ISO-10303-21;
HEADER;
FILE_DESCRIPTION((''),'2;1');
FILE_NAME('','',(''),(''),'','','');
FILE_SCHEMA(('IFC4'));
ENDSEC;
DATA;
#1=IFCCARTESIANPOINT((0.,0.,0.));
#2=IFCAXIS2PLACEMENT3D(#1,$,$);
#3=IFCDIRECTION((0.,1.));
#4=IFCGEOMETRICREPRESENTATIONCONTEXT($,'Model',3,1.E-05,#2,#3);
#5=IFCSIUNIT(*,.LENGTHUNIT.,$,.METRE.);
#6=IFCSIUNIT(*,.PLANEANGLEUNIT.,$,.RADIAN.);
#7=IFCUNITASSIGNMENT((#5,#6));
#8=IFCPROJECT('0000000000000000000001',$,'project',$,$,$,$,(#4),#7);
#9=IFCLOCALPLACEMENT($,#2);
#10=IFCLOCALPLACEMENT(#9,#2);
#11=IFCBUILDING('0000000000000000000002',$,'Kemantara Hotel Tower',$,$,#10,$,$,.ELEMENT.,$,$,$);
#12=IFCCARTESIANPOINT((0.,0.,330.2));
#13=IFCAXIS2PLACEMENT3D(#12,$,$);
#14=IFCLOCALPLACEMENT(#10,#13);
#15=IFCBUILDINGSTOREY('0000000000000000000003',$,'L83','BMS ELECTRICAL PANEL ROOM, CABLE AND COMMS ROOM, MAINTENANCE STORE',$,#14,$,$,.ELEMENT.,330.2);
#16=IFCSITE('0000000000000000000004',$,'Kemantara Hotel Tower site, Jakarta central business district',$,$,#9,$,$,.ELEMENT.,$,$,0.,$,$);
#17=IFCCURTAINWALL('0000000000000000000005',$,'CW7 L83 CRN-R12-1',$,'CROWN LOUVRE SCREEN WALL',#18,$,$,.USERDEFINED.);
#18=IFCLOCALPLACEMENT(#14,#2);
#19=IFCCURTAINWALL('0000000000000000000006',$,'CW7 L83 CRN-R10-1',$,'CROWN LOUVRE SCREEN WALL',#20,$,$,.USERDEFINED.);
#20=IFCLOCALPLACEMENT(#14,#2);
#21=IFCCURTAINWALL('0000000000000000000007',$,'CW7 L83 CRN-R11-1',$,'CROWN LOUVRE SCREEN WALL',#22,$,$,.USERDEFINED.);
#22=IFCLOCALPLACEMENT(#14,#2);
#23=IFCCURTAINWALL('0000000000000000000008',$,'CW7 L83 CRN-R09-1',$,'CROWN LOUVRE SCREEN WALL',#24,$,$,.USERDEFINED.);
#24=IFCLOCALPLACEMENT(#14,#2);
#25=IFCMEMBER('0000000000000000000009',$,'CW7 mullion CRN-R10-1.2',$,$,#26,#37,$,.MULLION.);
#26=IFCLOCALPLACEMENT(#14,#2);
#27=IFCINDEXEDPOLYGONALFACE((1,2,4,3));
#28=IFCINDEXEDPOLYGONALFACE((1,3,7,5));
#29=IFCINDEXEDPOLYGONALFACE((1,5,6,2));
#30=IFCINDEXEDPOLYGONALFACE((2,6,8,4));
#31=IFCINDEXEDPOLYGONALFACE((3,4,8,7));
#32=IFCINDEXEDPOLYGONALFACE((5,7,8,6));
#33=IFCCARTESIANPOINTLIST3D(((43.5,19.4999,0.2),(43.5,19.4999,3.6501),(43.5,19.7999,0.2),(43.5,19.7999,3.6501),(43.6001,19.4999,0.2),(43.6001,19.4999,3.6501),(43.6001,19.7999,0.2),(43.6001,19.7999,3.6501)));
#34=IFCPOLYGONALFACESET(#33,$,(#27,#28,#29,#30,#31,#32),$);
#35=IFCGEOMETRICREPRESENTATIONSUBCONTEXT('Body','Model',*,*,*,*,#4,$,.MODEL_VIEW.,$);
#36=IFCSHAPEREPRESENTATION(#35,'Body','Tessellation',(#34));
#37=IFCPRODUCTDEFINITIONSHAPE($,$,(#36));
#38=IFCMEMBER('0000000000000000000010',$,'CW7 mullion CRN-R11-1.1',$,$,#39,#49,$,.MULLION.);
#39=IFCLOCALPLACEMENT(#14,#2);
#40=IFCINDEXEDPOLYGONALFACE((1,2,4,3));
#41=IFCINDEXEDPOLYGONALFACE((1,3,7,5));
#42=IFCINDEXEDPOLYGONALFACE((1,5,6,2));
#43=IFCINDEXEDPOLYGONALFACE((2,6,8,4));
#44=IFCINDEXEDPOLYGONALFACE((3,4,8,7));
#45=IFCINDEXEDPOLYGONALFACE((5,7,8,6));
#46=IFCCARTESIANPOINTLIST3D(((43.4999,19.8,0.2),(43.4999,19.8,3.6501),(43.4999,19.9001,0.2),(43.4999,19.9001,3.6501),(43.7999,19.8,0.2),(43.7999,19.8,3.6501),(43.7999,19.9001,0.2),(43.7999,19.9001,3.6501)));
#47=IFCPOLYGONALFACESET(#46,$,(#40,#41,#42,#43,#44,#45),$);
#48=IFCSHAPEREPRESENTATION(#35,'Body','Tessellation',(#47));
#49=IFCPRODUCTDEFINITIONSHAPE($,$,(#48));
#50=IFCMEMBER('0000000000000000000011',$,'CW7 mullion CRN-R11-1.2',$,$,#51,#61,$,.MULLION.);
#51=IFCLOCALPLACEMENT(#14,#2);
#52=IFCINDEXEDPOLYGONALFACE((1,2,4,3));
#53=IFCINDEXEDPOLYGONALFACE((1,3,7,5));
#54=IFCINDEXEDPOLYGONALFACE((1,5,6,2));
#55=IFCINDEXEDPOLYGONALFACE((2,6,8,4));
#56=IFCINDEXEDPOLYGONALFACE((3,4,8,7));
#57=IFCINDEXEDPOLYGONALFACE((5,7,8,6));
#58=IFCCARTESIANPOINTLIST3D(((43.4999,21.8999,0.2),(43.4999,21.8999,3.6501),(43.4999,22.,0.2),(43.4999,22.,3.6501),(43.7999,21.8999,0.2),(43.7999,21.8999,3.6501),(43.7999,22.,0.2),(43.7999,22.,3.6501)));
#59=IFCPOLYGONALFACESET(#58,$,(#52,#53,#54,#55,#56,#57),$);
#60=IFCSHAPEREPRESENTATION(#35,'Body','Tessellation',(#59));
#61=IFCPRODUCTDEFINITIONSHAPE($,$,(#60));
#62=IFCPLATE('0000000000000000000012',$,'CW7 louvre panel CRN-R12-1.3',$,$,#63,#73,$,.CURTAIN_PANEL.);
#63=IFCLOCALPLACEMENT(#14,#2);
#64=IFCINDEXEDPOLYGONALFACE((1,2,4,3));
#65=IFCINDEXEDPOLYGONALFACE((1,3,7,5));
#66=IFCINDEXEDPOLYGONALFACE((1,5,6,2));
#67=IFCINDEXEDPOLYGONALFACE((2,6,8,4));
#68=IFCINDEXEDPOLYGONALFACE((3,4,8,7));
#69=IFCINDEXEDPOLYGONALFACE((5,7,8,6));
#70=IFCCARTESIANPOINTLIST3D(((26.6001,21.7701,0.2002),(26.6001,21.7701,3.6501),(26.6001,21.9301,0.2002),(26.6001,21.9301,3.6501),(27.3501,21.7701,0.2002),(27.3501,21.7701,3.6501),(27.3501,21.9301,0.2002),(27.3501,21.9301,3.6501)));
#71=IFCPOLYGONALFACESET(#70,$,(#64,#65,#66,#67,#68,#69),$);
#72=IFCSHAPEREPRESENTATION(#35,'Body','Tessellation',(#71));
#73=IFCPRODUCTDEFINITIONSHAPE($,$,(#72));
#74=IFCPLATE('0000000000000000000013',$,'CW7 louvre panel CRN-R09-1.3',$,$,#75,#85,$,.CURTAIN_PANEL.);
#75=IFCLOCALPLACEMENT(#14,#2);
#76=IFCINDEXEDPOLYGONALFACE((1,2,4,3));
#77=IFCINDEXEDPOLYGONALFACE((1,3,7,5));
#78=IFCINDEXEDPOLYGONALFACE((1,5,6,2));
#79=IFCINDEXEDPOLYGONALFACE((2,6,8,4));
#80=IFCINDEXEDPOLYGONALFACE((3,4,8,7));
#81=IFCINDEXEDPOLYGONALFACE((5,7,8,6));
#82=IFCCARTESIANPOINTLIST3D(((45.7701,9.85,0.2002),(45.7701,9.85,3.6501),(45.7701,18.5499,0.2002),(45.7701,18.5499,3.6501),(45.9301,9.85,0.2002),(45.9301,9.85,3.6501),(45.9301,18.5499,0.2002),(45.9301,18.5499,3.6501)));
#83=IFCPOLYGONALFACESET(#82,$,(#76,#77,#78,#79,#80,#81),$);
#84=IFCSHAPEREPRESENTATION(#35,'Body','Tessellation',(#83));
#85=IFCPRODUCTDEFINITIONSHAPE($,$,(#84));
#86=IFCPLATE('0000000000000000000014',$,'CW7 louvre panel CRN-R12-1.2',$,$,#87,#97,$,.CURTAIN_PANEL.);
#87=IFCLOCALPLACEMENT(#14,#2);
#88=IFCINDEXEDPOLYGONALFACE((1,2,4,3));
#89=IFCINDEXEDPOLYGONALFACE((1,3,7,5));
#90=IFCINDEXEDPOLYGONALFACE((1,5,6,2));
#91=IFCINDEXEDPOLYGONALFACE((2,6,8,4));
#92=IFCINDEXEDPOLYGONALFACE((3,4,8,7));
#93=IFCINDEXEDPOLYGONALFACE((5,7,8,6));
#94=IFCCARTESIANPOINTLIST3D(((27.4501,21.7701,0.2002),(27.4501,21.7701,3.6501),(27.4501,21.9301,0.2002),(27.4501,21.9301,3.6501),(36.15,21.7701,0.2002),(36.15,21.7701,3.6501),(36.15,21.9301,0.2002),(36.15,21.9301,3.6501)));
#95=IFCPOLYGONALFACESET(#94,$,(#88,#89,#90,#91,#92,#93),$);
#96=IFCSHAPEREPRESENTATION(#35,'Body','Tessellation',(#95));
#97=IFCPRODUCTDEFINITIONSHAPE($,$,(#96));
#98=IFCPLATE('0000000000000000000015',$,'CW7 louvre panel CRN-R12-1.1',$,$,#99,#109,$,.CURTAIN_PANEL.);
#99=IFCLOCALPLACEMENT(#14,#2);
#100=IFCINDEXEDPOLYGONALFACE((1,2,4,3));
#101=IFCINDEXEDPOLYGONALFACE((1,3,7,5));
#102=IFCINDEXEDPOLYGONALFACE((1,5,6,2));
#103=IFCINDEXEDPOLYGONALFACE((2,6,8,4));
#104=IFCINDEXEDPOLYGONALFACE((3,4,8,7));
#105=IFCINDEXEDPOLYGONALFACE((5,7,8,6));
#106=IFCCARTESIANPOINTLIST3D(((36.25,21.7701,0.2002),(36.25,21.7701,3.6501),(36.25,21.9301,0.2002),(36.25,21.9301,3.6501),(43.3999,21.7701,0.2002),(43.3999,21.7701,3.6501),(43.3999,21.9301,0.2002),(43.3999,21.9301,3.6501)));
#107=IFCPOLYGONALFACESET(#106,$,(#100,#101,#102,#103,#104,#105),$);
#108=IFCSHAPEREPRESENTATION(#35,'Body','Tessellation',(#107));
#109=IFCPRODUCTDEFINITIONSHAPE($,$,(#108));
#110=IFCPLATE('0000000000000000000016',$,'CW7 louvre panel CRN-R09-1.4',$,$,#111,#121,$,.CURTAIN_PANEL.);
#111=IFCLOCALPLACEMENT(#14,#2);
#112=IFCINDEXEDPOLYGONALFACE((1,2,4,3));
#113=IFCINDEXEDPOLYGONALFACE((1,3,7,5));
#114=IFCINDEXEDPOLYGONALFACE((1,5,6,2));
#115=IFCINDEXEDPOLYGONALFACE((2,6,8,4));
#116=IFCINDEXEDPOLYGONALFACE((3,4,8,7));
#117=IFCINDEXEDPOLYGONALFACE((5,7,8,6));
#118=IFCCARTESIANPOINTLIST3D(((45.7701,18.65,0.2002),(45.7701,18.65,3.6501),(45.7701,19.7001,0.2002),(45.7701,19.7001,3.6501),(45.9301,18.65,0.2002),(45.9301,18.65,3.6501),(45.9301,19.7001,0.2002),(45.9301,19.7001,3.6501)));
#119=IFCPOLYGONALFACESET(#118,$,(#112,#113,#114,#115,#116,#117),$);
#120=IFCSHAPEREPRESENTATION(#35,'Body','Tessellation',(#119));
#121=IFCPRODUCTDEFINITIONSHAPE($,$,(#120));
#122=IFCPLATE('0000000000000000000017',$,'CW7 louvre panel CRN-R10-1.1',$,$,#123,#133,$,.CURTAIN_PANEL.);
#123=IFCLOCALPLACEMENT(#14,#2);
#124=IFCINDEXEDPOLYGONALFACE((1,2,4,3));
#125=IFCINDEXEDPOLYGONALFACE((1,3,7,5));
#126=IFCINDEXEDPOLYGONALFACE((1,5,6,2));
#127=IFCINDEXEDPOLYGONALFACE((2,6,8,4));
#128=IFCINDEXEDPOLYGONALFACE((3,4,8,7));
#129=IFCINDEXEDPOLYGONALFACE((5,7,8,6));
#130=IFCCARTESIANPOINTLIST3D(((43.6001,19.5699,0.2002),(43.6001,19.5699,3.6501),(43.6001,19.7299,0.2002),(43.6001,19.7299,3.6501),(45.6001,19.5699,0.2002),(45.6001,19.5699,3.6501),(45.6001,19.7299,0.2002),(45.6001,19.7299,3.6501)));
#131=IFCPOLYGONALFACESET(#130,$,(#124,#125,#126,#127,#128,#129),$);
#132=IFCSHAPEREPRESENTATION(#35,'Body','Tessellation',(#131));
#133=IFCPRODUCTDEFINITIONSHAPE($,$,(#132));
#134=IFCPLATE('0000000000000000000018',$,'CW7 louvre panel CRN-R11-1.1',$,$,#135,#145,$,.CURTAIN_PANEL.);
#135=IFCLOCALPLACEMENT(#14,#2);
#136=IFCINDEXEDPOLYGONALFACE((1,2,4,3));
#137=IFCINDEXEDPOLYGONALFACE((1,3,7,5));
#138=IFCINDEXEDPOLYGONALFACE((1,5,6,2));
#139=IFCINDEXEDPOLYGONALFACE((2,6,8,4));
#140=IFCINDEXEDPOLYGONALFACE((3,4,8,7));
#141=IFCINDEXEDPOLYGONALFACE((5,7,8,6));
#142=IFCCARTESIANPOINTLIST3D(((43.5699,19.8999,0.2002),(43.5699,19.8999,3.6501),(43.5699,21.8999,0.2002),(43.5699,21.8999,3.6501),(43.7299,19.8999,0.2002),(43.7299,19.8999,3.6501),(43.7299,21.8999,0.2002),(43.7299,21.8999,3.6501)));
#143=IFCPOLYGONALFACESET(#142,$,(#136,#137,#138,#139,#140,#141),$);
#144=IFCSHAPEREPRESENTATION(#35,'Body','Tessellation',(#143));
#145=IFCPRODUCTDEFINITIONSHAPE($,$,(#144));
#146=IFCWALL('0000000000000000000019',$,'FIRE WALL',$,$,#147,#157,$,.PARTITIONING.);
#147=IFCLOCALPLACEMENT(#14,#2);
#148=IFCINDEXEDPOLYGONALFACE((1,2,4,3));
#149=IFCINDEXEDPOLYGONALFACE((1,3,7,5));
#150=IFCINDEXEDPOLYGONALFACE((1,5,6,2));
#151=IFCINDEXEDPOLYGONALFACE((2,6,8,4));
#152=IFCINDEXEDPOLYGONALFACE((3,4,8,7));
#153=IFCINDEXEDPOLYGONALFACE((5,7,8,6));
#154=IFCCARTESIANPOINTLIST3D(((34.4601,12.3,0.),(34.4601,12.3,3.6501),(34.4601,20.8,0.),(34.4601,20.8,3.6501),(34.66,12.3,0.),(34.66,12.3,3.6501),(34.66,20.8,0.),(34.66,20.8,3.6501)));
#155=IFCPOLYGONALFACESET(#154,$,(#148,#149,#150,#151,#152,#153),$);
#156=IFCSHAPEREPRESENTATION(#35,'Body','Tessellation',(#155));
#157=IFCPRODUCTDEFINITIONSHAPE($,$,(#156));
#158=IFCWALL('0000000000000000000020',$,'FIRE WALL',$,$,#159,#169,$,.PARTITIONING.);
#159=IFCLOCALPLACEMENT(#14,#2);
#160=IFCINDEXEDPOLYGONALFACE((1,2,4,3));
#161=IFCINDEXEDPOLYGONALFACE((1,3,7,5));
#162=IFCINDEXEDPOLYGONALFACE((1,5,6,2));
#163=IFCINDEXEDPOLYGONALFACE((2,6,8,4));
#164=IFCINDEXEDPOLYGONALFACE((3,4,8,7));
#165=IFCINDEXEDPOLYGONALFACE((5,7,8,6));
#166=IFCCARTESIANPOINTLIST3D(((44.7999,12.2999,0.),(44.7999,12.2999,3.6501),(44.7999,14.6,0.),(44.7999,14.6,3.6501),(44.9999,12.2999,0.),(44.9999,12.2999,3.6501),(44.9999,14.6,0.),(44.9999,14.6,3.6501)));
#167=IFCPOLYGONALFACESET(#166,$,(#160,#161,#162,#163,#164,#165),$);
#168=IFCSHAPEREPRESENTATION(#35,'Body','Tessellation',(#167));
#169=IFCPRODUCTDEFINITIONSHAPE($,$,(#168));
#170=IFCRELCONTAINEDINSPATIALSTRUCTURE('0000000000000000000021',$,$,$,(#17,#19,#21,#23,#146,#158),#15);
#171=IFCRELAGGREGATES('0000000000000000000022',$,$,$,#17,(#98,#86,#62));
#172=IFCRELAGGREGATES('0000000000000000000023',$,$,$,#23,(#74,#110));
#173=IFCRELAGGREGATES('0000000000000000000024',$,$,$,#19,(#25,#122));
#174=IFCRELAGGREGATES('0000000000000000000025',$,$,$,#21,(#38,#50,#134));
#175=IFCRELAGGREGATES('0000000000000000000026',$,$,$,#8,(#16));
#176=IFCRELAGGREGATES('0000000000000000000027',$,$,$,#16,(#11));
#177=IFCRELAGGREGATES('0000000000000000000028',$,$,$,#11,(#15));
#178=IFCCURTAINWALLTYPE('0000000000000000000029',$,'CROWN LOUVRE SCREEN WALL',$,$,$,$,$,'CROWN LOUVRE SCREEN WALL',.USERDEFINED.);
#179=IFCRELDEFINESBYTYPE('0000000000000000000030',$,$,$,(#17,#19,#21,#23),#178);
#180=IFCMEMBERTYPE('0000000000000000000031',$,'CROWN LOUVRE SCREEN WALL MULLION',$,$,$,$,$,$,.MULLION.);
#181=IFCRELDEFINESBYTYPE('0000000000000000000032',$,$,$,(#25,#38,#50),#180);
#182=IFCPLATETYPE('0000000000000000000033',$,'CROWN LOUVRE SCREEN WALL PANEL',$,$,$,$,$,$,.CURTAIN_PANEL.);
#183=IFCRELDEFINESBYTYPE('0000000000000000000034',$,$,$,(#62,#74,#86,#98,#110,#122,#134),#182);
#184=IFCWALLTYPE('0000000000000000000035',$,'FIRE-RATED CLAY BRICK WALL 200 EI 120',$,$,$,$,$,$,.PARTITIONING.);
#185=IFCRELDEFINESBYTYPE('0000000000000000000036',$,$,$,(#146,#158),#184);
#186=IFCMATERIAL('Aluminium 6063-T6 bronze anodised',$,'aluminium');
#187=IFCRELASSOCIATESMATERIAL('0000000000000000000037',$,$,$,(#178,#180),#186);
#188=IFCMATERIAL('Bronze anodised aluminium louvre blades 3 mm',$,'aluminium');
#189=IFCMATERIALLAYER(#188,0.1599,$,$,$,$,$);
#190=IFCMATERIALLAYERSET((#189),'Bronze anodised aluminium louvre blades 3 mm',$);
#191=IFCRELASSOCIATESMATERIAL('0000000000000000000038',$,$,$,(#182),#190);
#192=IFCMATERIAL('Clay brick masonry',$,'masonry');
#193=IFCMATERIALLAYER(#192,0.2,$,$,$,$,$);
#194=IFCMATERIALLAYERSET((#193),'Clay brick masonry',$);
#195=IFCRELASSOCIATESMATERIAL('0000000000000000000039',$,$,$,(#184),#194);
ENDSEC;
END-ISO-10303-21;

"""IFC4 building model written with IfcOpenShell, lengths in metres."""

from ifc_helpers import new_model, si_unit, direction, frame, frame_2d, origin, origin_2d, place, context, subcontext, project, spatial, rectangle, extrude, source, transform, mapped, material, layer, layer_set, material_profile, profile_set, type_object, element, aggregate, save


model = new_model("IFC4")

# Units and contexts
model_context = context("Model", 3, precision=1e-05, world=origin(), true_north=direction((0.0, 1.0)))
body_context = subcontext(model_context, "Body", "Model", "MODEL_VIEW")
ifc_project = project(units=[si_unit("LENGTHUNIT", "METRE"), si_unit("PLANEANGLEUNIT", "RADIAN")], contexts=[model_context])

# Site, building, storey
site_placement = place(None, origin())
site = spatial("IfcSite", under=ifc_project, at=site_placement, Name="Kemantara Hotel Tower site, Jakarta central business district", CompositionType="ELEMENT", RefElevation=0.0)
building_placement = place(site_placement, origin())
building = spatial("IfcBuilding", under=site, at=building_placement, Name="Kemantara Hotel Tower", CompositionType="ELEMENT")
storey_placement = place(building_placement, frame((0.0, 0.0, 330.2)))
storey = spatial("IfcBuildingStorey", under=building, at=storey_placement, Name="L83", Description="BMS ELECTRICAL PANEL ROOM, CABLE AND COMMS ROOM, MAINTENANCE STORE", CompositionType="ELEMENT", Elevation=330.2)

# Curtain walls
ifc_material_1 = material(Name="Aluminium 6063-T6 bronze anodised", Category="aluminium")
curtain_wall_type = type_object("IfcCurtainWallType", Name="CROWN LOUVRE SCREEN WALL", ElementType="CROWN LOUVRE SCREEN WALL", PredefinedType="USERDEFINED", material=ifc_material_1)
curtain_wall_1_placement = place(storey_placement, origin())
curtain_wall_1 = element("IfcCurtainWall", 1, at=curtain_wall_1_placement, inside=storey, type_object=curtain_wall_type, Name="CW7 L83 CRN-R12-1", ObjectType="CROWN LOUVRE SCREEN WALL", PredefinedType="USERDEFINED")
curtain_wall_2_placement = place(storey_placement, origin())
curtain_wall_2 = element("IfcCurtainWall", 2, at=curtain_wall_2_placement, inside=storey, type_object=curtain_wall_type, Name="CW7 L83 CRN-R10-1", ObjectType="CROWN LOUVRE SCREEN WALL", PredefinedType="USERDEFINED")
curtain_wall_3_placement = place(storey_placement, origin())
curtain_wall_3 = element("IfcCurtainWall", 3, at=curtain_wall_3_placement, inside=storey, type_object=curtain_wall_type, Name="CW7 L83 CRN-R11-1", ObjectType="CROWN LOUVRE SCREEN WALL", PredefinedType="USERDEFINED")

# Curtain wall
curtain_wall_4_placement = place(storey_placement, origin())
curtain_wall_4 = element("IfcCurtainWall", 4, at=curtain_wall_4_placement, inside=storey, type_object=curtain_wall_type, Name="CW7 L83 CRN-R09-1", ObjectType="CROWN LOUVRE SCREEN WALL", PredefinedType="USERDEFINED")
ifc_material_profile_1 = material_profile(ifc_material_1, rectangle(XDim=0.3, YDim=0.1001, at=origin_2d()), Name="CROWN LOUVRE SCREEN WALL MULLION")
ifc_profile_set_1 = profile_set([ifc_material_profile_1], Name="Aluminium 6063-T6 bronze anodised")
member_type_1 = type_object("IfcMemberType", Name="CROWN LOUVRE SCREEN WALL MULLION", PredefinedType="MULLION", material=ifc_profile_set_1)
shared_shape_1 = source(origin(), body_context, "Body", "SweptSolid", [
    extrude(rectangle(XDim=0.3, YDim=0.1001, at=origin_2d()), origin(), (0.0, 0.0, 1.0), 3.4502),
])

# Members
member_1_placement = place(storey_placement, frame((43.55, 19.6499, 0.2), z_axis=(0.0, 0.0, 1.0), x_axis=(0.0, -1.0, 0.0)))
member_1 = element("IfcMember", 5, at=member_1_placement, type_object=member_type_1, Name="CW7 mullion CRN-R10-1.2", PredefinedType="MULLION", context=body_context, shape_type="MappedRepresentation", body=[
    mapped(shared_shape_1, transform((0.0, 0.0, 0.0))),
])
member_2_placement = place(storey_placement, frame((43.6499, 19.8501, 0.2), z_axis=(0.0, 0.0, 1.0), x_axis=(-1.0, 0.0, 0.0)))
member_2 = element("IfcMember", 6, at=member_2_placement, type_object=member_type_1, Name="CW7 mullion CRN-R11-1.1", PredefinedType="MULLION", context=body_context, shape_type="MappedRepresentation", body=[
    mapped(shared_shape_1, transform((0.0, 0.0, 0.0))),
])
member_3_placement = place(storey_placement, frame((43.6499, 21.95, 0.2), z_axis=(0.0, 0.0, 1.0), x_axis=(-1.0, 0.0, 0.0)))
member_3 = element("IfcMember", 7, at=member_3_placement, type_object=member_type_1, Name="CW7 mullion CRN-R11-1.2", PredefinedType="MULLION", context=body_context, shape_type="MappedRepresentation", body=[
    mapped(shared_shape_1, transform((0.0, 0.0, 0.0))),
])

# Plates
ifc_material_2 = material(Name="Bronze anodised aluminium louvre blades 3 mm", Category="aluminium")
ifc_layer_1 = layer(ifc_material_2, 0.1599)
ifc_layer_set_1 = layer_set([ifc_layer_1], Name="Bronze anodised aluminium louvre blades 3 mm")
plate_type = type_object("IfcPlateType", Name="CROWN LOUVRE SCREEN WALL PANEL", PredefinedType="CURTAIN_PANEL", material=ifc_layer_set_1)
shared_shape_2 = source(origin(), body_context, "Body", "SweptSolid", [
    extrude(rectangle(XDim=0.75, YDim=0.1599, at=origin_2d()), origin(), (0.0, 0.0, 1.0), 3.45),
])
plate_1_placement = place(storey_placement, frame((26.9751, 21.8501, 0.2002), z_axis=(0.0, 0.0, 1.0), x_axis=(-1.0, 0.0, 0.0)))
plate_1 = element("IfcPlate", 8, at=plate_1_placement, type_object=plate_type, Name="CW7 louvre panel CRN-R12-1.3", PredefinedType="CURTAIN_PANEL", context=body_context, shape_type="MappedRepresentation", body=[
    mapped(shared_shape_2, transform((0.0, 0.0, 0.0))),
])
shared_shape_3 = source(origin(), body_context, "Body", "SweptSolid", [
    extrude(rectangle(XDim=8.7, YDim=0.1599, at=origin_2d()), origin(), (0.0, 0.0, 1.0), 3.45),
])
plate_2_placement = place(storey_placement, frame((45.8501, 14.2, 0.2002), z_axis=(0.0, 0.0, 1.0), x_axis=(0.0, 1.0, 0.0)))
plate_2 = element("IfcPlate", 9, at=plate_2_placement, type_object=plate_type, Name="CW7 louvre panel CRN-R09-1.3", PredefinedType="CURTAIN_PANEL", context=body_context, shape_type="MappedRepresentation", body=[
    mapped(shared_shape_3, transform((0.0, 0.0, 0.0))),
])
plate_3_placement = place(storey_placement, frame((31.8, 21.8501, 0.2002), z_axis=(0.0, 0.0, 1.0), x_axis=(-1.0, 0.0, 0.0)))
plate_3 = element("IfcPlate", 10, at=plate_3_placement, type_object=plate_type, Name="CW7 louvre panel CRN-R12-1.2", PredefinedType="CURTAIN_PANEL", context=body_context, shape_type="MappedRepresentation", body=[
    mapped(shared_shape_3, transform((0.0, 0.0, 0.0))),
])
shared_shape_4 = source(origin(), body_context, "Body", "SweptSolid", [
    extrude(rectangle(XDim=7.1499, YDim=0.1599, at=origin_2d()), origin(), (0.0, 0.0, 1.0), 3.45),
])
plate_4_placement = place(storey_placement, frame((39.825, 21.8501, 0.2002), z_axis=(0.0, 0.0, 1.0), x_axis=(-1.0, 0.0, 0.0)))
plate_4 = element("IfcPlate", 11, at=plate_4_placement, type_object=plate_type, Name="CW7 louvre panel CRN-R12-1.1", PredefinedType="CURTAIN_PANEL", context=body_context, shape_type="MappedRepresentation", body=[
    mapped(shared_shape_4, transform((0.0, 0.0, 0.0))),
])
aggregate(curtain_wall_1, [plate_4, plate_3, plate_1])
shared_shape_5 = source(origin(), body_context, "Body", "SweptSolid", [
    extrude(rectangle(XDim=1.05, YDim=0.1599, at=origin_2d()), origin(), (0.0, 0.0, 1.0), 3.45),
])
plate_5_placement = place(storey_placement, frame((45.8501, 19.175, 0.2002), z_axis=(0.0, 0.0, 1.0), x_axis=(0.0, 1.0, 0.0)))
plate_5 = element("IfcPlate", 12, at=plate_5_placement, type_object=plate_type, Name="CW7 louvre panel CRN-R09-1.4", PredefinedType="CURTAIN_PANEL", context=body_context, shape_type="MappedRepresentation", body=[
    mapped(shared_shape_5, transform((0.0, 0.0, 0.0))),
])
aggregate(curtain_wall_4, [plate_2, plate_5])
shared_shape_6 = source(origin(), body_context, "Body", "SweptSolid", [
    extrude(rectangle(XDim=2.0, YDim=0.1599, at=origin_2d()), origin(), (0.0, 0.0, 1.0), 3.45),
])
plate_6_placement = place(storey_placement, frame((44.6001, 19.6499, 0.2002), z_axis=(0.0, 0.0, 1.0), x_axis=(-1.0, 0.0, 0.0)))
plate_6 = element("IfcPlate", 13, at=plate_6_placement, type_object=plate_type, Name="CW7 louvre panel CRN-R10-1.1", PredefinedType="CURTAIN_PANEL", context=body_context, shape_type="MappedRepresentation", body=[
    mapped(shared_shape_6, transform((0.0, 0.0, 0.0))),
])
aggregate(curtain_wall_2, [member_1, plate_6])
plate_7_placement = place(storey_placement, frame((43.6499, 20.8999, 0.2002), z_axis=(0.0, 0.0, 1.0), x_axis=(0.0, 1.0, 0.0)))
plate_7 = element("IfcPlate", 14, at=plate_7_placement, type_object=plate_type, Name="CW7 louvre panel CRN-R11-1.1", PredefinedType="CURTAIN_PANEL", context=body_context, shape_type="MappedRepresentation", body=[
    mapped(shared_shape_6, transform((0.0, 0.0, 0.0))),
])
aggregate(curtain_wall_3, [member_2, member_3, plate_7])

# Walls
ifc_material_3 = material(Name="Clay brick masonry", Category="masonry")
ifc_layer_2 = layer(ifc_material_3, 0.2)
ifc_layer_set_2 = layer_set([ifc_layer_2], Name="Clay brick masonry")
wall_type = type_object("IfcWallType", Name="FIRE-RATED CLAY BRICK WALL 200 EI 120", PredefinedType="PARTITIONING", material=ifc_layer_set_2)
wall_1_placement = place(storey_placement, frame((34.5601, 12.3, 0.0), z_axis=(0.0, 0.0, 1.0), x_axis=(0.0, 1.0, 0.0)))
element("IfcWall", 15, at=wall_1_placement, inside=storey, type_object=wall_type, Name="FIRE WALL", PredefinedType="PARTITIONING", context=body_context, shape_type="SweptSolid", body=[
    extrude(rectangle(XDim=8.5, YDim=0.2, at=frame_2d((4.25, 0.0))), origin(), (0.0, 0.0, 1.0), 3.6501),
])
wall_2_placement = place(storey_placement, frame((44.8999, 12.3, 0.0), z_axis=(0.0, 0.0, 1.0), x_axis=(0.0, 1.0, 0.0)))
element("IfcWall", 16, at=wall_2_placement, inside=storey, type_object=wall_type, Name="FIRE WALL", PredefinedType="PARTITIONING", context=body_context, shape_type="SweptSolid", body=[
    extrude(rectangle(XDim=2.3, YDim=0.2, at=frame_2d((1.1499, 0.0))), origin(), (0.0, 0.0, 1.0), 3.6501),
])

save(model, "model.ifc")
